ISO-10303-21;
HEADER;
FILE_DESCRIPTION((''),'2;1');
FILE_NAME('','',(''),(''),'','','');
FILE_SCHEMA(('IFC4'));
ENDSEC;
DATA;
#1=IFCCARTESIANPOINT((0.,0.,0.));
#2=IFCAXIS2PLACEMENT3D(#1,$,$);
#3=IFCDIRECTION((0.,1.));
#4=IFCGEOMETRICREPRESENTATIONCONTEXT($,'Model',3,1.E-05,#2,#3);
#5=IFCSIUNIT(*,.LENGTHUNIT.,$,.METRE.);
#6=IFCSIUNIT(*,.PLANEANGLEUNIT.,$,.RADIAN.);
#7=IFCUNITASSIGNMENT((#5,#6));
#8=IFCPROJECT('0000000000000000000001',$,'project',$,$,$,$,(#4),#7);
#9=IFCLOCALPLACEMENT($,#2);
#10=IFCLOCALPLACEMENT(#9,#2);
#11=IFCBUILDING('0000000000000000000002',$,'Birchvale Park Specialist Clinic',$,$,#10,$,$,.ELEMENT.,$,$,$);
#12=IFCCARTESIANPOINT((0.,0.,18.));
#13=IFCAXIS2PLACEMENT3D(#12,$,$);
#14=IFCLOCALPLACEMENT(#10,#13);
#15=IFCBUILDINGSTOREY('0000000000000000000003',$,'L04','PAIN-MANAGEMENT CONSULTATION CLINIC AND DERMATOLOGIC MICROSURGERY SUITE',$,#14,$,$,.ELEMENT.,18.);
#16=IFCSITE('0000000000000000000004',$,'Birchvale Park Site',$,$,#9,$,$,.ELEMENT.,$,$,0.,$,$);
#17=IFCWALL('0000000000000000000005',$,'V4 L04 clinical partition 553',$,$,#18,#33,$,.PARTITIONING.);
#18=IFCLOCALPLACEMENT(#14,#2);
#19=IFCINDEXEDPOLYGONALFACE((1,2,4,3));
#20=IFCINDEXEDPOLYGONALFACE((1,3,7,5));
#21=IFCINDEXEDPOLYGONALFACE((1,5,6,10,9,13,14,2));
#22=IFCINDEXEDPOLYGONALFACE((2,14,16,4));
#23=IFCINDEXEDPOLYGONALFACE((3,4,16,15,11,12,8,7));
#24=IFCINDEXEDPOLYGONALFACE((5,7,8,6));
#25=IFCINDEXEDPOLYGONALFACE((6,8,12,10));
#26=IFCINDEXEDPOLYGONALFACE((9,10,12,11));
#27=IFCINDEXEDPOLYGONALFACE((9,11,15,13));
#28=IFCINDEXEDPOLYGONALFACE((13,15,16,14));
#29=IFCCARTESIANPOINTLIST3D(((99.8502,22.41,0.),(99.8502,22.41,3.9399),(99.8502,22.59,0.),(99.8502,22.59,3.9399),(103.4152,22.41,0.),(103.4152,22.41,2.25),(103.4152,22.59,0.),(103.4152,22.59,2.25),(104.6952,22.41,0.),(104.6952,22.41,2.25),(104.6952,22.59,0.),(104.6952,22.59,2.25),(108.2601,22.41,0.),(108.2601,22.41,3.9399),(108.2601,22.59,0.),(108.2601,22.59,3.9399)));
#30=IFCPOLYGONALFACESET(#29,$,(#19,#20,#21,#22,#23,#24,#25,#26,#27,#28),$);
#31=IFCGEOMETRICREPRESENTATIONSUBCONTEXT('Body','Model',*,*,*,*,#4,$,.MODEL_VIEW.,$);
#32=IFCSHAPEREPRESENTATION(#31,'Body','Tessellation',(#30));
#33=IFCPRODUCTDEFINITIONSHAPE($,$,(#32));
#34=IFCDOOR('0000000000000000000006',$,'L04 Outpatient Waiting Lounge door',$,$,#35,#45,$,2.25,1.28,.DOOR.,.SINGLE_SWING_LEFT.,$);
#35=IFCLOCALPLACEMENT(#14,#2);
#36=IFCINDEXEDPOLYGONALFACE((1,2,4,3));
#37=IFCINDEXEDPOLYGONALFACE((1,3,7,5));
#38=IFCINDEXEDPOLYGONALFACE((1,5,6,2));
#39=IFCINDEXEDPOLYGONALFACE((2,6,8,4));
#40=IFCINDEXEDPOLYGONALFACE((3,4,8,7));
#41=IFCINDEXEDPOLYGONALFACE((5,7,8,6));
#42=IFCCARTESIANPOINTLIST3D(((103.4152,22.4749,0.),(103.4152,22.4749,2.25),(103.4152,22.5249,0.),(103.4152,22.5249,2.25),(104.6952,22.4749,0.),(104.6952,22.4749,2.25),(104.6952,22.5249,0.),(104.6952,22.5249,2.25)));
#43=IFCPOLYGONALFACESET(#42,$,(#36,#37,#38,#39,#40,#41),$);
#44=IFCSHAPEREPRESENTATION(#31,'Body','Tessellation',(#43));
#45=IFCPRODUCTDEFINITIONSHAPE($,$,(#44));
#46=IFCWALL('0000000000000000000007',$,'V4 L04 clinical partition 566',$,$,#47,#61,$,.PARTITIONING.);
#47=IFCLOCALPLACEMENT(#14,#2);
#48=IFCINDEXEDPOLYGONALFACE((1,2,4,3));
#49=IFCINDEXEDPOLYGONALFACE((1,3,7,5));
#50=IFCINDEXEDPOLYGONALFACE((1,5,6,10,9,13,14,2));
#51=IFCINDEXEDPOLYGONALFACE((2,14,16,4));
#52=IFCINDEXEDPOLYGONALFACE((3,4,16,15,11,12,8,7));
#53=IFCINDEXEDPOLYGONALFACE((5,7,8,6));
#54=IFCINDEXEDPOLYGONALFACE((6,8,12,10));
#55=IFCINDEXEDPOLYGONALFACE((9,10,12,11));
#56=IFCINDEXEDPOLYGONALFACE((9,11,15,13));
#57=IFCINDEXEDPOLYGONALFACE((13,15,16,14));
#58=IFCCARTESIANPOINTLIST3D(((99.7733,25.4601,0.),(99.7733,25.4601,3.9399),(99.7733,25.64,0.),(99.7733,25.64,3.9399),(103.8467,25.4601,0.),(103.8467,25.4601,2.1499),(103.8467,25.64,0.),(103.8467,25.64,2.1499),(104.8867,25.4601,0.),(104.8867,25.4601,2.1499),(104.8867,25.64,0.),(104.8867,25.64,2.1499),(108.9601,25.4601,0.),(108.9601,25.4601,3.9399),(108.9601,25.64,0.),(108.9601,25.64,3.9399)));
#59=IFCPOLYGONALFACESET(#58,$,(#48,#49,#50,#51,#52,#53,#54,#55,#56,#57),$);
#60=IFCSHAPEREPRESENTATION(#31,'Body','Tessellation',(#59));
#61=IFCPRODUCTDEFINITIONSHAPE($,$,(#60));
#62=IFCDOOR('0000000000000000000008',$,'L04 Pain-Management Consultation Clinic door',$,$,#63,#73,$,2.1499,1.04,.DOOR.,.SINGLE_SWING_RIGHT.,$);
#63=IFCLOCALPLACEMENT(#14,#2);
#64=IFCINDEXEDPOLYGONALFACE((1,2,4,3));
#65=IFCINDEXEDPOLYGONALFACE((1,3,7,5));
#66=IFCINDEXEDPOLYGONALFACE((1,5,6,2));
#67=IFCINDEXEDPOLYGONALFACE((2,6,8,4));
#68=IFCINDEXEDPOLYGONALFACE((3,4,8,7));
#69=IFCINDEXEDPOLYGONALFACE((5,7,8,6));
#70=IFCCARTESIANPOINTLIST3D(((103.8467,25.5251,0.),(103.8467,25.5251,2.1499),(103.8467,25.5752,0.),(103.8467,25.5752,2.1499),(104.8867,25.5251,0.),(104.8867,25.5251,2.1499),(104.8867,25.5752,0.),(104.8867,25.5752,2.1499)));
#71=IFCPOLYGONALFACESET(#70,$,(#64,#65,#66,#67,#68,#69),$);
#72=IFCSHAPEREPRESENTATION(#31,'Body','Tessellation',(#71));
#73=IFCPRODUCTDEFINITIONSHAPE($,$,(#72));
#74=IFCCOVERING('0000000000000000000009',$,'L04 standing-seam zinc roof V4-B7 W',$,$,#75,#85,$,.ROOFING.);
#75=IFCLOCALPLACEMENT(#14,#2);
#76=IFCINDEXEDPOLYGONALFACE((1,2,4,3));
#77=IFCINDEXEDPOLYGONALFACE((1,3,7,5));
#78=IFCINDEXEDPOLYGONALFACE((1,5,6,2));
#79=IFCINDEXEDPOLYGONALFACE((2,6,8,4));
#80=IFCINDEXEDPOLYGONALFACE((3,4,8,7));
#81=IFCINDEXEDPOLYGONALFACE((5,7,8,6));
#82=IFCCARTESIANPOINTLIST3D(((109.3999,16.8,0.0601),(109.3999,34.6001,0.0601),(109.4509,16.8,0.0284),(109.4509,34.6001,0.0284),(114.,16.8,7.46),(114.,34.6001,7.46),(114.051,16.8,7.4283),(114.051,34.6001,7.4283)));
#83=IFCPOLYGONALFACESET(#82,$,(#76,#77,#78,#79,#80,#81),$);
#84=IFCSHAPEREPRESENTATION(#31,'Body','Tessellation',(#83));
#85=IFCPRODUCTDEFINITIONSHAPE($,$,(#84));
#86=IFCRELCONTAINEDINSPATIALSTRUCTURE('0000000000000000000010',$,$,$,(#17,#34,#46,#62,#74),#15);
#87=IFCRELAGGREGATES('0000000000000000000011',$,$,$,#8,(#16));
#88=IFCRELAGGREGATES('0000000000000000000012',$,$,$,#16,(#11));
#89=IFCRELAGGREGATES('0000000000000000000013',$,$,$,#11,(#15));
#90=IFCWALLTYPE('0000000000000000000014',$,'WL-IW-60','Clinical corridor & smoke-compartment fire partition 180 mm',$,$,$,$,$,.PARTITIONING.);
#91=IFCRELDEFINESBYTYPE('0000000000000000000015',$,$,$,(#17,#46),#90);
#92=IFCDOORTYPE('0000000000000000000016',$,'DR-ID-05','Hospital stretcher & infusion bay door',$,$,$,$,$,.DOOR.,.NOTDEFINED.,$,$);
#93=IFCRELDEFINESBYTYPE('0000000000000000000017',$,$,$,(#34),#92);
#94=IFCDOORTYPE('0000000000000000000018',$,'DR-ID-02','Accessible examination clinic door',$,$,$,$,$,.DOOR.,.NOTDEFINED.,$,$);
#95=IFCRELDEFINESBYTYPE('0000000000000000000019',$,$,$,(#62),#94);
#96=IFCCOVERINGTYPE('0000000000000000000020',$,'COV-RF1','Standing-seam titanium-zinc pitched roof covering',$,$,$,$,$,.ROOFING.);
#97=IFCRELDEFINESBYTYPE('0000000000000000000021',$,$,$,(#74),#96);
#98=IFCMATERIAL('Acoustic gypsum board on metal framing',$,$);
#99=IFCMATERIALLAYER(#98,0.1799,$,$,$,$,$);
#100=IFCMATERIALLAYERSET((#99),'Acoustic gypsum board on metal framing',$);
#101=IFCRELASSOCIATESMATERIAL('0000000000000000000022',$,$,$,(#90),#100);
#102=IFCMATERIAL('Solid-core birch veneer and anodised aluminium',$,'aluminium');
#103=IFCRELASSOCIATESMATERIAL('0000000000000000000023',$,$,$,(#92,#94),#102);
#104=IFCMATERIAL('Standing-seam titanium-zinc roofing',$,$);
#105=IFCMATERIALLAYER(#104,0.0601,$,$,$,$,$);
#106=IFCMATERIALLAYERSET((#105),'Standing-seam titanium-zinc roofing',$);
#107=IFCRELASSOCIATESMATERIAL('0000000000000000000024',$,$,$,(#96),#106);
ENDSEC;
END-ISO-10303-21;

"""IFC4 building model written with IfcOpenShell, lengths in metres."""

from ifc_helpers import new_model, si_unit, direction, frame, frame_2d, origin, place, context, subcontext, project, spatial, polyline, rectangle, outline, extrude, material, layer, layer_set, type_object, element, fill, save


model = new_model("IFC4")

# Units and contexts
model_context = context("Model", 3, precision=1e-05, world=origin(), true_north=direction((0.0, 1.0)))
body_context = subcontext(model_context, "Body", "Model", "MODEL_VIEW")
ifc_project = project(units=[si_unit("LENGTHUNIT", "METRE"), si_unit("PLANEANGLEUNIT", "RADIAN")], contexts=[model_context])

# Site, building, storey
site_placement = place(None, origin())
site = spatial("IfcSite", under=ifc_project, at=site_placement, Name="Birchvale Park Site", CompositionType="ELEMENT", RefElevation=0.0)
building_placement = place(site_placement, origin())
building = spatial("IfcBuilding", under=site, at=building_placement, Name="Birchvale Park Specialist Clinic", CompositionType="ELEMENT")
storey_placement = place(building_placement, frame((0.0, 0.0, 18.0)))
storey = spatial("IfcBuildingStorey", under=building, at=storey_placement, Name="L04", Description="PAIN-MANAGEMENT CONSULTATION CLINIC AND DERMATOLOGIC MICROSURGERY SUITE", CompositionType="ELEMENT", Elevation=18.0)

# Shared definitions
ifc_material_1 = material(Name="Standing-seam titanium-zinc roofing")

# Walls, openings, doors
ifc_material_2 = material(Name="Acoustic gypsum board on metal framing")
ifc_layer_1 = layer(ifc_material_2, 0.1799)
ifc_layer_set_1 = layer_set([ifc_layer_1], Name="Acoustic gypsum board on metal framing")
wall_type_1 = type_object("IfcWallType", Name="WL-IW-60", Description="Clinical corridor & smoke-compartment fire partition 180 mm", PredefinedType="PARTITIONING", material=ifc_layer_set_1)
wall_1_placement = place(storey_placement, frame((99.8501, 22.5, 0.0), z_axis=(0.0, 0.0, 1.0), x_axis=(1.0, 0.0, 0.0)))
wall_1 = element("IfcWall", 1, at=wall_1_placement, inside=storey, type_object=wall_type_1, Name="V4 L04 clinical partition 553", PredefinedType="PARTITIONING", context=body_context, shape_type="SweptSolid", body=[
    extrude(rectangle(XDim=8.4099, YDim=0.1799, at=frame_2d((4.2051, 0.0))), origin(), (0.0, 0.0, 1.0), 3.9399),
])
opening_1_placement = place(wall_1_placement, frame((3.5649, 0.0, 0.0)))
opening_1 = element("IfcOpeningElement", 2, at=opening_1_placement, cuts=wall_1, PredefinedType="OPENING", context=body_context, shape_type="SweptSolid", body=[
    extrude(rectangle(XDim=1.28, YDim=2.25, at=frame_2d((0.6401, 1.125))), frame((0.0, 0.1001, 0.0), z_axis=(0.0, -1.0, 0.0), x_axis=(1.0, 0.0, 0.0)), (0.0, 0.0, 1.0), 0.2),
])
ifc_material_3 = material(Name="Solid-core birch veneer and anodised aluminium", Category="aluminium")
door_type_1 = type_object("IfcDoorType", Name="DR-ID-05", Description="Hospital stretcher & infusion bay door", OperationType="NOTDEFINED", PredefinedType="DOOR", material=ifc_material_3)
door_1_placement = place(opening_1_placement, origin())
door_1 = element("IfcDoor", 3, at=door_1_placement, inside=storey, type_object=door_type_1, Name="L04 Outpatient Waiting Lounge door", OperationType="SINGLE_SWING_LEFT", OverallHeight=2.25, OverallWidth=1.28, PredefinedType="DOOR", context=body_context, shape_type="SweptSolid", body=[
    extrude(rectangle(XDim=1.28, YDim=2.25, at=frame_2d((0.6401, 1.125))), frame((0.0, 0.0249, 0.0), z_axis=(0.0, -1.0, 0.0), x_axis=(1.0, 0.0, 0.0)), (0.0, 0.0, 1.0), 0.05),
])
fill(opening_1, door_1)
wall_2_placement = place(storey_placement, frame((108.96, 25.55, 0.0), z_axis=(0.0, 0.0, 1.0), x_axis=(-1.0, 0.0, 0.0)))
wall_2 = element("IfcWall", 4, at=wall_2_placement, inside=storey, type_object=wall_type_1, Name="V4 L04 clinical partition 566", PredefinedType="PARTITIONING", context=body_context, shape_type="SweptSolid", body=[
    extrude(rectangle(XDim=9.1868, YDim=0.1799, at=frame_2d((4.5933, 0.0))), origin(), (0.0, 0.0, 1.0), 3.9399),
])
opening_2_placement = place(wall_2_placement, frame((4.0732, 0.0, 0.0)))
opening_2 = element("IfcOpeningElement", 5, at=opening_2_placement, cuts=wall_2, PredefinedType="OPENING", context=body_context, shape_type="SweptSolid", body=[
    extrude(rectangle(XDim=1.04, YDim=2.1499, at=frame_2d((0.52, 1.075))), frame((0.0, 0.1001, 0.0), z_axis=(0.0, -1.0, 0.0), x_axis=(1.0, 0.0, 0.0)), (0.0, 0.0, 1.0), 0.2),
])
door_type_2 = type_object("IfcDoorType", Name="DR-ID-02", Description="Accessible examination clinic door", OperationType="NOTDEFINED", PredefinedType="DOOR", material=ifc_material_3)
door_2_placement = place(opening_2_placement, origin())
door_2 = element("IfcDoor", 6, at=door_2_placement, inside=storey, type_object=door_type_2, Name="L04 Pain-Management Consultation Clinic door", OperationType="SINGLE_SWING_RIGHT", OverallHeight=2.1499, OverallWidth=1.04, PredefinedType="DOOR", context=body_context, shape_type="SweptSolid", body=[
    extrude(rectangle(XDim=1.04, YDim=2.1499, at=frame_2d((0.52, 1.075))), frame((0.0, 0.0249, 0.0), z_axis=(0.0, -1.0, 0.0), x_axis=(1.0, 0.0, 0.0)), (0.0, 0.0, 1.0), 0.05),
])
fill(opening_2, door_2)

# Covering
ifc_layer_2 = layer(ifc_material_1, 0.0601)
ifc_layer_set_2 = layer_set([ifc_layer_2], Name="Standing-seam titanium-zinc roofing")
covering_type = type_object("IfcCoveringType", Name="COV-RF1", Description="Standing-seam titanium-zinc pitched roof covering", PredefinedType="ROOFING", material=ifc_layer_set_2)
covering_placement = place(storey_placement, frame((109.3999, 16.8, 0.0601), z_axis=(-0.849277, 0.0, 0.527947), x_axis=(0.527947, 0.0, 0.849277)))
element("IfcCovering", 7, at=covering_placement, inside=storey, type_object=covering_type, Name="L04 standing-seam zinc roof V4-B7 W", PredefinedType="ROOFING", context=body_context, shape_type="SweptSolid", body=[
    extrude(outline(polyline([(0.0, 0.0), (8.7132, 0.0), (8.7132, 17.8), (0.0, 17.8), (0.0, 0.0)])), origin(), (0.0, 0.0, -1.0), 0.0601),
])

save(model, "model.ifc")
